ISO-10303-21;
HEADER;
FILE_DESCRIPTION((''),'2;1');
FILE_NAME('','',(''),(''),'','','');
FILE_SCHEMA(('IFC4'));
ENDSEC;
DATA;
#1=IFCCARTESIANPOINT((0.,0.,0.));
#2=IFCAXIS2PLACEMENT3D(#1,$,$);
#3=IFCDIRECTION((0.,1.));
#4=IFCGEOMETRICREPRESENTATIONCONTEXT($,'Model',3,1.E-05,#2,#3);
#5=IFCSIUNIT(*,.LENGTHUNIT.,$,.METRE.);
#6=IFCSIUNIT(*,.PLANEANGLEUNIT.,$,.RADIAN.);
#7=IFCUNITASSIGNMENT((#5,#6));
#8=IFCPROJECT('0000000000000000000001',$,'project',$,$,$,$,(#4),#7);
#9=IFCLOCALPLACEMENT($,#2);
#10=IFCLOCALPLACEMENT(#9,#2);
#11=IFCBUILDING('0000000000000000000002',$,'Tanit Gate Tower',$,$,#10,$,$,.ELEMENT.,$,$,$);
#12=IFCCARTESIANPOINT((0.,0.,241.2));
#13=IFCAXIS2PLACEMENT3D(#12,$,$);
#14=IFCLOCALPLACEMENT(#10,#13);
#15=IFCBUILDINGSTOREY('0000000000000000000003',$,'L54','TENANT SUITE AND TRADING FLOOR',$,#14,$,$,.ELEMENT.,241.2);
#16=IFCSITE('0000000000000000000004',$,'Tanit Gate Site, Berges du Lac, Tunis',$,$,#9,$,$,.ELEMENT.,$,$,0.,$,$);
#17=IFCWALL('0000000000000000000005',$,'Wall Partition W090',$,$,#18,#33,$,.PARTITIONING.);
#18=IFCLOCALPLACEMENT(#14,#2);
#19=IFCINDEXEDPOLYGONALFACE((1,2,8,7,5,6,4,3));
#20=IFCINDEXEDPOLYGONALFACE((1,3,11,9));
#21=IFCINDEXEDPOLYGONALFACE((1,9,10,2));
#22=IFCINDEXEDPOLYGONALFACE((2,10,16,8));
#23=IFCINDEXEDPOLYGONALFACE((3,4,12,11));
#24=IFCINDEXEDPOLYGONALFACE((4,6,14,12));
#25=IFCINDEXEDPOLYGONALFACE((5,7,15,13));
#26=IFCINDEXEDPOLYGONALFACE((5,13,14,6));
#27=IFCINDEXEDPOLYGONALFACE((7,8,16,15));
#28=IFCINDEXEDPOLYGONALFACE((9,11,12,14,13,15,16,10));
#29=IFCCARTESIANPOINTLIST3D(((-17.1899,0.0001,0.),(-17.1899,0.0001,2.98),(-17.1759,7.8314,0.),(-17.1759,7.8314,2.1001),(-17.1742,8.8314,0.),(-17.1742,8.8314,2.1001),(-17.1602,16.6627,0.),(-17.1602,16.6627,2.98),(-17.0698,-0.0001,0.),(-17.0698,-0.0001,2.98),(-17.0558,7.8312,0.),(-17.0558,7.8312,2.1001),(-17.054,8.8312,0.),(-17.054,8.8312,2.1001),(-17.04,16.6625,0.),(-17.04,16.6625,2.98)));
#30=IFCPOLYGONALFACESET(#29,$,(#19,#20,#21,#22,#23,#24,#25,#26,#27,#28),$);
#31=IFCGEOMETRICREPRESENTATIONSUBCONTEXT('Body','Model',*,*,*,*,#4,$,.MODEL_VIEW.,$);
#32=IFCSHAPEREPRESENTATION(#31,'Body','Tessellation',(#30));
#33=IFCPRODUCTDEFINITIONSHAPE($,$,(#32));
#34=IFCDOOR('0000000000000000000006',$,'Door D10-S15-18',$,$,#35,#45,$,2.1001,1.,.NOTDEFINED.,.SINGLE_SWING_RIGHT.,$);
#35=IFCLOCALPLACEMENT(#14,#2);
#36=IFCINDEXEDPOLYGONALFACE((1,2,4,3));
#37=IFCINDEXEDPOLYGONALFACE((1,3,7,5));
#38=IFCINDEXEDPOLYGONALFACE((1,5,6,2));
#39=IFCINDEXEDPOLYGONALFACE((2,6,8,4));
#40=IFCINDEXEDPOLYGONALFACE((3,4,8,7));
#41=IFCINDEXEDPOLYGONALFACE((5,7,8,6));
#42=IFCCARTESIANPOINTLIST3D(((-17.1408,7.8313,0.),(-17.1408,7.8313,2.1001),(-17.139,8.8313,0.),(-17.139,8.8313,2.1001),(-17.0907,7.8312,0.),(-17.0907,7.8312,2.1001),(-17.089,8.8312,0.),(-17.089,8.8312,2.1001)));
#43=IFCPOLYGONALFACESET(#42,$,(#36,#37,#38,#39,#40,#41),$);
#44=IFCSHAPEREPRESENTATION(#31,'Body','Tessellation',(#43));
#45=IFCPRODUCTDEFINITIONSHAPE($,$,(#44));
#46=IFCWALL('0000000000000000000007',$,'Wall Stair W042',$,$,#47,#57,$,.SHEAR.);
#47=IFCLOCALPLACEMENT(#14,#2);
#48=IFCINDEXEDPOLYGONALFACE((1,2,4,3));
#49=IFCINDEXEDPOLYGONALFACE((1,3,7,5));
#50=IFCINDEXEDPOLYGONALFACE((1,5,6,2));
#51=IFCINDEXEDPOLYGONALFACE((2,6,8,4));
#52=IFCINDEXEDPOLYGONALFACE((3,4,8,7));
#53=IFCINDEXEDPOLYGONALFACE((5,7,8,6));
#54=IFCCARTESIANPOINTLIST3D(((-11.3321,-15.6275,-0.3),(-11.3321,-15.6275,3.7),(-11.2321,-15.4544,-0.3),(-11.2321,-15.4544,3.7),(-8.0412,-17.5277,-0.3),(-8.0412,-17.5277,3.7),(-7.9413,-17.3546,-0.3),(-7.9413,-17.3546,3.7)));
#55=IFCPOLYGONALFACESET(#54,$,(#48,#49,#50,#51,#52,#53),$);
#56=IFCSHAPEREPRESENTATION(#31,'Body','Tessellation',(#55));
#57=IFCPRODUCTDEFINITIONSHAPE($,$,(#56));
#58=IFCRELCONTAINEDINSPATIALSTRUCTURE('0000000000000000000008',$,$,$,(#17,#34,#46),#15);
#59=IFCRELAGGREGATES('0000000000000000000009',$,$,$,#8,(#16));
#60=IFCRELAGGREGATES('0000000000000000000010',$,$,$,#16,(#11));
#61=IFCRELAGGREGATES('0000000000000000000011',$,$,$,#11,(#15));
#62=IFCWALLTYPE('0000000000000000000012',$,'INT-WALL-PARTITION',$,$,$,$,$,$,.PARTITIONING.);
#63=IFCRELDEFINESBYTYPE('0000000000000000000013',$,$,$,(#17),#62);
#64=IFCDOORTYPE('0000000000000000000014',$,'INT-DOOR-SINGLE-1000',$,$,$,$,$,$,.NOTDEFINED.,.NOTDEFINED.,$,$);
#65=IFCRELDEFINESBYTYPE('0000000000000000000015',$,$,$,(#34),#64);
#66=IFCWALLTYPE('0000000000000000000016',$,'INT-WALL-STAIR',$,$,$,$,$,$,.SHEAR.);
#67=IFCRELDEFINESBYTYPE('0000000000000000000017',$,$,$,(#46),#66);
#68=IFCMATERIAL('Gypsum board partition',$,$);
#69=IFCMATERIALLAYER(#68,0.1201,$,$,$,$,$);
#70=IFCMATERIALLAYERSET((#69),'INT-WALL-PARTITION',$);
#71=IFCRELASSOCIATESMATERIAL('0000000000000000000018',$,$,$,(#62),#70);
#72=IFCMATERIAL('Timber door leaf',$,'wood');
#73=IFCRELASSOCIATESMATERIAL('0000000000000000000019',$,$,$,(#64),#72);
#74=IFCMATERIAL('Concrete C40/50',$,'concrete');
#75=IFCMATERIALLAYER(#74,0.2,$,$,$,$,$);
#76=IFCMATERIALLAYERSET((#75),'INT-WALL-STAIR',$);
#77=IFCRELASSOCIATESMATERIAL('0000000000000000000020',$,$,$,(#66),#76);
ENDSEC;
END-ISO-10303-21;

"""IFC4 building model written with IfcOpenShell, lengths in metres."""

from ifc_helpers import new_model, si_unit, direction, frame, frame_2d, origin, place, context, subcontext, project, spatial, rectangle, extrude, material, layer, layer_set, type_object, element, fill, save


model = new_model("IFC4")

# Units and contexts
model_context = context("Model", 3, precision=1e-05, world=origin(), true_north=direction((0.0, 1.0)))
body_context = subcontext(model_context, "Body", "Model", "MODEL_VIEW")
ifc_project = project(units=[si_unit("LENGTHUNIT", "METRE"), si_unit("PLANEANGLEUNIT", "RADIAN")], contexts=[model_context])

# Site, building, storey
site_placement = place(None, origin())
site = spatial("IfcSite", under=ifc_project, at=site_placement, Name="Tanit Gate Site, Berges du Lac, Tunis", CompositionType="ELEMENT", RefElevation=0.0)
building_placement = place(site_placement, origin())
building = spatial("IfcBuilding", under=site, at=building_placement, Name="Tanit Gate Tower", CompositionType="ELEMENT")
storey_placement = place(building_placement, frame((0.0, 0.0, 241.2)))
storey = spatial("IfcBuildingStorey", under=building, at=storey_placement, Name="L54", Description="TENANT SUITE AND TRADING FLOOR", CompositionType="ELEMENT", Elevation=241.2)

# Wall, opening, door
ifc_material_1 = material(Name="Gypsum board partition")
ifc_layer_1 = layer(ifc_material_1, 0.1201)
ifc_layer_set_1 = layer_set([ifc_layer_1], Name="INT-WALL-PARTITION")
wall_type_1 = type_object("IfcWallType", Name="INT-WALL-PARTITION", PredefinedType="PARTITIONING", material=ifc_layer_set_1)
wall_1_placement = place(storey_placement, frame((-17.1299, 0.0, 0.0), z_axis=(0.0, 0.0, 1.0), x_axis=(0.001788, 0.999998, 0.0)))
wall_1 = element("IfcWall", 1, at=wall_1_placement, inside=storey, type_object=wall_type_1, Name="Wall Partition W090", PredefinedType="PARTITIONING", context=body_context, shape_type="SweptSolid", body=[
    extrude(rectangle(XDim=16.6626, YDim=0.1201, at=frame_2d((8.3313, 0.0))), origin(), (0.0, 0.0, 1.0), 2.98),
])
opening_1_placement = place(wall_1_placement, frame((7.8313, 0.0, 0.0)))
opening_1 = element("IfcOpeningElement", 2, at=opening_1_placement, cuts=wall_1, PredefinedType="OPENING", context=body_context, shape_type="SweptSolid", body=[
    extrude(rectangle(XDim=1.0, YDim=2.1001, at=frame_2d((0.5, 1.05))), frame((0.0, 0.0701, 0.0), z_axis=(0.0, -1.0, 0.0), x_axis=(1.0, 0.0, 0.0)), (0.0, 0.0, 1.0), 0.1401),
])
ifc_material_2 = material(Name="Timber door leaf", Category="wood")
door_type_1 = type_object("IfcDoorType", Name="INT-DOOR-SINGLE-1000", OperationType="NOTDEFINED", PredefinedType="NOTDEFINED", material=ifc_material_2)
door_1_placement = place(opening_1_placement, origin())
door_1 = element("IfcDoor", 3, at=door_1_placement, inside=storey, type_object=door_type_1, Name="Door D10-S15-18", OperationType="SINGLE_SWING_RIGHT", OverallHeight=2.1001, OverallWidth=1.0, PredefinedType="NOTDEFINED", context=body_context, shape_type="SweptSolid", body=[
    extrude(rectangle(XDim=1.0, YDim=2.1001, at=frame_2d((0.5, 1.05))), frame((0.0, 0.0249, 0.0), z_axis=(0.0, -1.0, 0.0), x_axis=(1.0, 0.0, 0.0)), (0.0, 0.0, 1.0), 0.05),
])
fill(opening_1, door_1)

# Wall
ifc_material_3 = material(Name="Concrete C40/50", Category="concrete")
ifc_layer_2 = layer(ifc_material_3, 0.2)
ifc_layer_set_2 = layer_set([ifc_layer_2], Name="INT-WALL-STAIR")
wall_type_2 = type_object("IfcWallType", Name="INT-WALL-STAIR", PredefinedType="SHEAR", material=ifc_layer_set_2)
wall_2_placement = place(storey_placement, frame((-11.282, -15.541, -0.3), z_axis=(0.0, 0.0, 1.0), x_axis=(0.866, -0.500043, 0.0)))
element("IfcWall", 4, at=wall_2_placement, inside=storey, type_object=wall_type_2, Name="Wall Stair W042", PredefinedType="SHEAR", context=body_context, shape_type="SweptSolid", body=[
    extrude(rectangle(XDim=3.8, YDim=0.2, at=frame_2d((1.8999, 0.0))), origin(), (0.0, 0.0, 1.0), 4.0),
])

save(model, "model.ifc")
